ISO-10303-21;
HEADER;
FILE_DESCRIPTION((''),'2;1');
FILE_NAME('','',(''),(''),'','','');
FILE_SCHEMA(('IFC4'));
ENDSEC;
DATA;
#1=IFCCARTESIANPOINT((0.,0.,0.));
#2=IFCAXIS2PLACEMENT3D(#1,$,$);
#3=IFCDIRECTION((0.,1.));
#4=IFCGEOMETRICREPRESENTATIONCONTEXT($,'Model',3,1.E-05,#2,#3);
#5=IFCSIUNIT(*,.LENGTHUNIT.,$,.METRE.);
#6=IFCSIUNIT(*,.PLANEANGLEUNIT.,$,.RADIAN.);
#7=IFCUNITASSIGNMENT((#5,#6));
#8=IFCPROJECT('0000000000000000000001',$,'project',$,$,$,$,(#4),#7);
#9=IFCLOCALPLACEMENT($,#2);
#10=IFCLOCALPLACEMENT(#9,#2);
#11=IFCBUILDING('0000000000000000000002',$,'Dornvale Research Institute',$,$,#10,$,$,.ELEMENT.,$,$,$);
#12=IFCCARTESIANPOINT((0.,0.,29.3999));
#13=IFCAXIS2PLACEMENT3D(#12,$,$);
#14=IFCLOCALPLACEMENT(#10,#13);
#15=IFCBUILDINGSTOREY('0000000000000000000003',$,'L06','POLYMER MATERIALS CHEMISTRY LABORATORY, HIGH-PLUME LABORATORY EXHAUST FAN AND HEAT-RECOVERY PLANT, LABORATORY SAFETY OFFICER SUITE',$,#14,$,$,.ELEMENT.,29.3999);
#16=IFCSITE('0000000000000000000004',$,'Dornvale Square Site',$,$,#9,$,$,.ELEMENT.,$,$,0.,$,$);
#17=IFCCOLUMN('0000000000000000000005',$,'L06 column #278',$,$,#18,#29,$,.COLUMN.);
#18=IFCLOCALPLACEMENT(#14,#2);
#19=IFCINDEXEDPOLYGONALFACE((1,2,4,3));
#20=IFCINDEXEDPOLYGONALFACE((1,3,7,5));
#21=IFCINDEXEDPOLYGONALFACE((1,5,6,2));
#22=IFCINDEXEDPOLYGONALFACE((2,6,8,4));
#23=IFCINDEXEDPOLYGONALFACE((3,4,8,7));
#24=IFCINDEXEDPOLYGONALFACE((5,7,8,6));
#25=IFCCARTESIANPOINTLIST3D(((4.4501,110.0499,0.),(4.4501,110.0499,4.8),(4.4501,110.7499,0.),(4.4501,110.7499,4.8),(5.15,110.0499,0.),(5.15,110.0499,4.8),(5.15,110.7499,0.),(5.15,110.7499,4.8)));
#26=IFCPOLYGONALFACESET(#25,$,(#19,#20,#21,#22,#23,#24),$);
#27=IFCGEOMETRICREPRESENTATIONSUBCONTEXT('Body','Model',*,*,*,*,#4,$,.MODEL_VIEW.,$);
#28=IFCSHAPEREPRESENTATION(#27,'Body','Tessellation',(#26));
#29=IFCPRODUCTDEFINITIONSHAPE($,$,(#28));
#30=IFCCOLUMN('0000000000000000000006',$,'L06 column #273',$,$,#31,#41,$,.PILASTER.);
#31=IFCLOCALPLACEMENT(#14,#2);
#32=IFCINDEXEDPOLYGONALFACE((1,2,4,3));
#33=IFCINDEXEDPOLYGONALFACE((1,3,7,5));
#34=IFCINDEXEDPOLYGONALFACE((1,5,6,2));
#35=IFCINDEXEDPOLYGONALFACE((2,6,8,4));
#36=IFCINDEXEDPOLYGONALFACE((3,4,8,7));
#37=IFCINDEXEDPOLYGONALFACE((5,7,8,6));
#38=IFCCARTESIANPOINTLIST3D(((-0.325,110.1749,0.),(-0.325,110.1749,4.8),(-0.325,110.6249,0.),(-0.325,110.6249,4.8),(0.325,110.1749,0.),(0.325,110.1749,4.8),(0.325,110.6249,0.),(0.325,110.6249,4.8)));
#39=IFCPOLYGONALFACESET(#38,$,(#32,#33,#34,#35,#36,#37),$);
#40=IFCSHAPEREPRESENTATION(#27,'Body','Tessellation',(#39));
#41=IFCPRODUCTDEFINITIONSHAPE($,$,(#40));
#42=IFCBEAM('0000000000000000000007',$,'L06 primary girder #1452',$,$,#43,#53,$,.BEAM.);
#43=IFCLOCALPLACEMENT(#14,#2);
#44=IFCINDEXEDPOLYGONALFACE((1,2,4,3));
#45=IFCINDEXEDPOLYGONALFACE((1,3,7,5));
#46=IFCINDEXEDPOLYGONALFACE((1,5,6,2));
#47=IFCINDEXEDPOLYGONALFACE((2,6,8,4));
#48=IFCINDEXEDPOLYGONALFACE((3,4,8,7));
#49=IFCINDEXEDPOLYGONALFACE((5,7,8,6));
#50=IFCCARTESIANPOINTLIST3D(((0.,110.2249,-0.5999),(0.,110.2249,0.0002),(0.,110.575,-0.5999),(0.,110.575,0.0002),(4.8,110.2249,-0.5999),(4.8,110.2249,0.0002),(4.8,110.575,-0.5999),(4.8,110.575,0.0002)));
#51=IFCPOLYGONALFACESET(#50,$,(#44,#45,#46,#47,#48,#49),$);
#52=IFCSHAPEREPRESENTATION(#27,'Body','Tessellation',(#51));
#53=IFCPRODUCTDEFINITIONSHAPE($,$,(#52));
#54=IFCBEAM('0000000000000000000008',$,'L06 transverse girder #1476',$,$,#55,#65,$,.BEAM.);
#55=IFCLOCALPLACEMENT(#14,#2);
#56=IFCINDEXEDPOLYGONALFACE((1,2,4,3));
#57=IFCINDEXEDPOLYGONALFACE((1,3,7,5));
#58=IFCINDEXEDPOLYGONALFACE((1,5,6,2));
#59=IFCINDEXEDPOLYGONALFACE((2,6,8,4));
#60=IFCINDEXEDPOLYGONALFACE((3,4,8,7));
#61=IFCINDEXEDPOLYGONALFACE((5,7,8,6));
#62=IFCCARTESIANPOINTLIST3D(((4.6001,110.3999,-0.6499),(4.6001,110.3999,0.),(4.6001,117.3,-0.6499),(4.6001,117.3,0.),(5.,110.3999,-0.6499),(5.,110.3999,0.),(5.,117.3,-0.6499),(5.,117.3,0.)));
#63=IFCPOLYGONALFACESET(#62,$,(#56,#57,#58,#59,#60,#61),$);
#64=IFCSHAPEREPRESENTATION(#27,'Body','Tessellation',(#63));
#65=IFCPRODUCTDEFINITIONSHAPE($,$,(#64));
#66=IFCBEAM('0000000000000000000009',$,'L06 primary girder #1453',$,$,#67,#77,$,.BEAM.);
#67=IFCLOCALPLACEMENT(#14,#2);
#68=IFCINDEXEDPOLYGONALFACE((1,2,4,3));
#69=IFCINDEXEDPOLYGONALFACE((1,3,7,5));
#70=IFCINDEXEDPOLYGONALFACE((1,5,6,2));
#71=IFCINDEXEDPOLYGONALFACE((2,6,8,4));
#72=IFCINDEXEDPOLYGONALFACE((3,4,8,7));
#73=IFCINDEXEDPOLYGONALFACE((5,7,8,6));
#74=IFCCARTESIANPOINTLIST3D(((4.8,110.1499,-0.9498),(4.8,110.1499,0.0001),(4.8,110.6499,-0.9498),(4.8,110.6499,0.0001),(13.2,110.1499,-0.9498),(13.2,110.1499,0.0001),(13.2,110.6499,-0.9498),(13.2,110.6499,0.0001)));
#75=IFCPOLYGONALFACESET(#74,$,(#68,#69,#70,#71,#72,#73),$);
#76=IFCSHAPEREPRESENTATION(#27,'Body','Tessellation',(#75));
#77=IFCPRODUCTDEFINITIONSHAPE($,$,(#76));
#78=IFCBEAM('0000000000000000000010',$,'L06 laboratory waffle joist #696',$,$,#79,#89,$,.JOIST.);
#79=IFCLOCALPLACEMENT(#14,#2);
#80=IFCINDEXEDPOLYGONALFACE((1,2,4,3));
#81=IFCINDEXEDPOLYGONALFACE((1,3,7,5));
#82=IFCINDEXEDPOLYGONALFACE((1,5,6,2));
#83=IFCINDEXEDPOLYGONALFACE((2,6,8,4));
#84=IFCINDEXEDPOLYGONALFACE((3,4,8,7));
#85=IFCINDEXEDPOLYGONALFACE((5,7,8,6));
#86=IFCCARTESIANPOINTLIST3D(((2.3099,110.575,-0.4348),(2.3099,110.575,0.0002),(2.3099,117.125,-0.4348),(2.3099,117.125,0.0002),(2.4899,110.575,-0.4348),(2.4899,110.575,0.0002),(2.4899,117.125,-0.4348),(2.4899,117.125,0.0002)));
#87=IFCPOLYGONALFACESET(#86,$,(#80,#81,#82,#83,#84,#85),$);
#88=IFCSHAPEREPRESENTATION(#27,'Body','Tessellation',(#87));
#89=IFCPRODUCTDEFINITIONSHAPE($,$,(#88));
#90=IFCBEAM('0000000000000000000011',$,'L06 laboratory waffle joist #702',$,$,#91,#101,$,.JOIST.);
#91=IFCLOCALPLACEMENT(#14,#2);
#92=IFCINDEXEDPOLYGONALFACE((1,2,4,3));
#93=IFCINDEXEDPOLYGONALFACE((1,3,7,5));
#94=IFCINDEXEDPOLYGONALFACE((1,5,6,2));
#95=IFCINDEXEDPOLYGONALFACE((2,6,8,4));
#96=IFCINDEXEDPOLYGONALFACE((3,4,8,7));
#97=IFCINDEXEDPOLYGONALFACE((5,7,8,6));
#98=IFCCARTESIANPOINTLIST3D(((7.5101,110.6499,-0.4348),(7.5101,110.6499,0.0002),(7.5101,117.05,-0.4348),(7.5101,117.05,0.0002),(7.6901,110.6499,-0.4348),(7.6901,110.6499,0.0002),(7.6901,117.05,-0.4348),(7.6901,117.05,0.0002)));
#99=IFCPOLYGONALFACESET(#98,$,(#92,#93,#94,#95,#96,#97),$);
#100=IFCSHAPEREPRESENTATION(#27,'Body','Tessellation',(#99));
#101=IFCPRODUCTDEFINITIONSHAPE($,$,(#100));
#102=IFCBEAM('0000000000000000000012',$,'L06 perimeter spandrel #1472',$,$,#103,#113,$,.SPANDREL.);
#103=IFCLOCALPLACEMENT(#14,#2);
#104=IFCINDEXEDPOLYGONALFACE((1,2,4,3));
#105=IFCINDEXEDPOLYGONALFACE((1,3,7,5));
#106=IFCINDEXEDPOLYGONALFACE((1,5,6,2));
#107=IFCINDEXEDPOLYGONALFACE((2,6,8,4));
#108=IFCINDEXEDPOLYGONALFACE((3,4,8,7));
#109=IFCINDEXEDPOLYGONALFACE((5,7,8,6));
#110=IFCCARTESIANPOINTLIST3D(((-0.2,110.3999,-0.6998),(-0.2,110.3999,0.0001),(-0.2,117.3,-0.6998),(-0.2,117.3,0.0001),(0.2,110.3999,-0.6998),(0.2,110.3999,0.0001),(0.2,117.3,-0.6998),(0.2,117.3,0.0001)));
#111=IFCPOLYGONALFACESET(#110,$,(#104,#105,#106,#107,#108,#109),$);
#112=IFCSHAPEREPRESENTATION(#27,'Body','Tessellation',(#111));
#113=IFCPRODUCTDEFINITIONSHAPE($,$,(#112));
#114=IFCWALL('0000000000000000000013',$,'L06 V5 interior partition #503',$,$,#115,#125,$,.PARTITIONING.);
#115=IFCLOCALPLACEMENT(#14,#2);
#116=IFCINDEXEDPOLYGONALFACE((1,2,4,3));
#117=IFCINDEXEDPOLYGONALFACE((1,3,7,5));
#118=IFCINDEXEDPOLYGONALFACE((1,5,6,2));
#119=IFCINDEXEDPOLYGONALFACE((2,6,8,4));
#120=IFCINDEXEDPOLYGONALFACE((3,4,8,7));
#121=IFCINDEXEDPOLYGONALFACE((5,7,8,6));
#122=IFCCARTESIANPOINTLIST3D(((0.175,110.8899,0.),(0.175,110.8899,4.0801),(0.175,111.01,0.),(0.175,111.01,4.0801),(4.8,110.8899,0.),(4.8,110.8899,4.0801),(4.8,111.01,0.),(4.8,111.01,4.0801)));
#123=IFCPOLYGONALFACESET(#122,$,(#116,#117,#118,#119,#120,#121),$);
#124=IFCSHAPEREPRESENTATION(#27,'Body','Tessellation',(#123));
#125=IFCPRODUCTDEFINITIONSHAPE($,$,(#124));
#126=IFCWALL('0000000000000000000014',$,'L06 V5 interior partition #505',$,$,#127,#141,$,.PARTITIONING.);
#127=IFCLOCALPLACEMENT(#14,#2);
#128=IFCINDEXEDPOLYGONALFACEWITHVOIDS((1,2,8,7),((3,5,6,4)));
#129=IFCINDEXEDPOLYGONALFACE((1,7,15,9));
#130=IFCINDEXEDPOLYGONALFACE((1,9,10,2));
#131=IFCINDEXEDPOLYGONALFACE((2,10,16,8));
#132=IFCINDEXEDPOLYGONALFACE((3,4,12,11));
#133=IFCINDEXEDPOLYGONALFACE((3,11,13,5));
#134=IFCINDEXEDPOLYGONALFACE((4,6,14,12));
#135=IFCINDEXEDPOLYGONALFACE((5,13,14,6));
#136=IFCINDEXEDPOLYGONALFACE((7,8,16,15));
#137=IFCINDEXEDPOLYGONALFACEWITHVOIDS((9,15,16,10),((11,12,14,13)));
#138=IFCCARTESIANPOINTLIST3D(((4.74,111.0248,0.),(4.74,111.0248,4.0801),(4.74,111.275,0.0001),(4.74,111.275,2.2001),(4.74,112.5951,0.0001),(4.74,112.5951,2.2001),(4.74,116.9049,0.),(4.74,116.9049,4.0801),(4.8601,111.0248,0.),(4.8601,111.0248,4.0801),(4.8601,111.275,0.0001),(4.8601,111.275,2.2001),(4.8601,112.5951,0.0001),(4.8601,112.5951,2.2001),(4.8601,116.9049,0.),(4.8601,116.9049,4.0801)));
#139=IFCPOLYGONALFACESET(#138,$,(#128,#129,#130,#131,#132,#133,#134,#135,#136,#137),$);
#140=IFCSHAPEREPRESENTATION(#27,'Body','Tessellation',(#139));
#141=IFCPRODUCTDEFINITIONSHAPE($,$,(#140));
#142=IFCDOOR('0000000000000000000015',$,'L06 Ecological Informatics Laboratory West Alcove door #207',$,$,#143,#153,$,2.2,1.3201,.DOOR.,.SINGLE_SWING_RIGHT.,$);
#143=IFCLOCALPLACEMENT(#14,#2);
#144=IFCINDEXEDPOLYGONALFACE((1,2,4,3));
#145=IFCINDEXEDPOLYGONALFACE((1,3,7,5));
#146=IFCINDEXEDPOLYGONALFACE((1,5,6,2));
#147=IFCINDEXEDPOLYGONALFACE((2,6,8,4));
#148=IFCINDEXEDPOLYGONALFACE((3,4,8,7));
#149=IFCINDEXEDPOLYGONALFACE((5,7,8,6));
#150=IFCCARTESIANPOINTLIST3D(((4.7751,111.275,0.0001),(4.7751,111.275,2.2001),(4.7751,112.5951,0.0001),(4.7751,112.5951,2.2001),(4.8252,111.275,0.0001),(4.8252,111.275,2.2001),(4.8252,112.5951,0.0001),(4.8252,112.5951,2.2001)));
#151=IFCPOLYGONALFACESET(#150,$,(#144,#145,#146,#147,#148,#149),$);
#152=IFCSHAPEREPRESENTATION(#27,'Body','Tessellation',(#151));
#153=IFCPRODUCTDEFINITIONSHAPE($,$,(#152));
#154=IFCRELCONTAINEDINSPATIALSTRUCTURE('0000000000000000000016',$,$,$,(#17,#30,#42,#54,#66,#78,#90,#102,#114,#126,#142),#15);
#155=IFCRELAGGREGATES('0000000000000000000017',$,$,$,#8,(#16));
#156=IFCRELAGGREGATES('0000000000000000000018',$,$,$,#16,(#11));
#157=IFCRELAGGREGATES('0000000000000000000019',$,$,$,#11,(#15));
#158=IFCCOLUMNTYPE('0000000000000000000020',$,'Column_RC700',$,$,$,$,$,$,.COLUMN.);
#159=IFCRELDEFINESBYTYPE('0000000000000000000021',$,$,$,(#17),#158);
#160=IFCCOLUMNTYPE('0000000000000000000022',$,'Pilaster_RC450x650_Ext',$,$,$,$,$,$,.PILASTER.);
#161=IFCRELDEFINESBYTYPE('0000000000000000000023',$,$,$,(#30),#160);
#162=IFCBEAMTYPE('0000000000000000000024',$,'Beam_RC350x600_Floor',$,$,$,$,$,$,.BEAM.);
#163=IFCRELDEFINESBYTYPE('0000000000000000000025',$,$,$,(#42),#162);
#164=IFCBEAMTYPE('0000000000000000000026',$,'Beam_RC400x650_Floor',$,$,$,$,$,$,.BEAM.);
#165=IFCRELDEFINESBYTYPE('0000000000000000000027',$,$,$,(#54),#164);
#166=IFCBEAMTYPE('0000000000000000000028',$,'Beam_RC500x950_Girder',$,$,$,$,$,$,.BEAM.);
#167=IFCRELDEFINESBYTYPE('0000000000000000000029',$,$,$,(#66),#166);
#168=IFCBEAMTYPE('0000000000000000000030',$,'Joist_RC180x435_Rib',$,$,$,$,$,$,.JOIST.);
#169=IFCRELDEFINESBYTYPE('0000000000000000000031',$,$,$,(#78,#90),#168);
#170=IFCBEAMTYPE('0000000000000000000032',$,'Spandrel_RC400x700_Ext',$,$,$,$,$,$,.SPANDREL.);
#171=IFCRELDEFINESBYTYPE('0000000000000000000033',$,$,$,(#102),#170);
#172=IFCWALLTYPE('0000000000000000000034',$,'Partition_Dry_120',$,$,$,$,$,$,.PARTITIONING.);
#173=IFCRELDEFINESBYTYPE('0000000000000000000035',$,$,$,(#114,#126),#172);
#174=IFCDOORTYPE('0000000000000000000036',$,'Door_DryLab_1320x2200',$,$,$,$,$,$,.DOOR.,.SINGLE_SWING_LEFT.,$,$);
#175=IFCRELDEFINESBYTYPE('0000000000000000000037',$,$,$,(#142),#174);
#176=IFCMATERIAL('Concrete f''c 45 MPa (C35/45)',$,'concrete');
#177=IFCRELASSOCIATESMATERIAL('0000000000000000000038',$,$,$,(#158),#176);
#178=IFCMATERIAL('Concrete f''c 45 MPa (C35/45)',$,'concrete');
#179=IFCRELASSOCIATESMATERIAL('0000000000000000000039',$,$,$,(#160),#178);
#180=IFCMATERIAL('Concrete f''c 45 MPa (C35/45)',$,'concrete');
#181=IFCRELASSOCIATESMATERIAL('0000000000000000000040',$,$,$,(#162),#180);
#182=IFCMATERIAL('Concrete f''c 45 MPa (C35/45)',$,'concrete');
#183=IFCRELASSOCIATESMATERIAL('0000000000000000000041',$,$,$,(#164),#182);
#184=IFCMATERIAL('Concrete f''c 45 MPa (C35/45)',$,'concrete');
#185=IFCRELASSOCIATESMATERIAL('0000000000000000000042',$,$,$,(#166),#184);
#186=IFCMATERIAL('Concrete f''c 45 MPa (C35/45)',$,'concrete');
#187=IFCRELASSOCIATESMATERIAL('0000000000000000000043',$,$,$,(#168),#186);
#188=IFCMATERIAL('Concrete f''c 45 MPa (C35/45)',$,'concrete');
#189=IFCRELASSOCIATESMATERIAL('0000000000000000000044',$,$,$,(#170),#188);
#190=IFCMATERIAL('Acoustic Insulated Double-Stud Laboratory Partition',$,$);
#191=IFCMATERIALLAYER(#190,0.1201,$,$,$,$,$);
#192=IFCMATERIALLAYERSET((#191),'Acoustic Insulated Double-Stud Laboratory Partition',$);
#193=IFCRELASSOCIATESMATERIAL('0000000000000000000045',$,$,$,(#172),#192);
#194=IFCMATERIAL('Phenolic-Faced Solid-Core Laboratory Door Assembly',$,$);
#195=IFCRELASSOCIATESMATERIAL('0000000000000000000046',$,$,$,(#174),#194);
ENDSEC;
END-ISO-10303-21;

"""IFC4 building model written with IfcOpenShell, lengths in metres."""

from ifc_helpers import new_model, si_unit, direction, frame, frame_2d, origin, origin_2d, place, context, subcontext, project, spatial, rectangle, extrude, material, layer, layer_set, material_profile, profile_set, type_object, element, fill, save


model = new_model("IFC4")

# Units and contexts
model_context = context("Model", 3, precision=1e-05, world=origin(), true_north=direction((0.0, 1.0)))
body_context = subcontext(model_context, "Body", "Model", "MODEL_VIEW")
ifc_project = project(units=[si_unit("LENGTHUNIT", "METRE"), si_unit("PLANEANGLEUNIT", "RADIAN")], contexts=[model_context])

# Site, building, storey
site_placement = place(None, origin())
site = spatial("IfcSite", under=ifc_project, at=site_placement, Name="Dornvale Square Site", CompositionType="ELEMENT", RefElevation=0.0)
building_placement = place(site_placement, origin())
building = spatial("IfcBuilding", under=site, at=building_placement, Name="Dornvale Research Institute", CompositionType="ELEMENT")
storey_placement = place(building_placement, frame((0.0, 0.0, 29.3999)))
storey = spatial("IfcBuildingStorey", under=building, at=storey_placement, Name="L06", Description="POLYMER MATERIALS CHEMISTRY LABORATORY, HIGH-PLUME LABORATORY EXHAUST FAN AND HEAT-RECOVERY PLANT, LABORATORY SAFETY OFFICER SUITE", CompositionType="ELEMENT", Elevation=29.3999)

# Columns
ifc_material_1 = material(Name="Concrete f'c 45 MPa (C35/45)", Category="concrete")
ifc_material_profile_1 = material_profile(ifc_material_1, rectangle(XDim=0.7, YDim=0.7, at=origin_2d()), Name="RC 700x700")
ifc_profile_set_1 = profile_set([ifc_material_profile_1], Name="Concrete f'c 45 MPa (C35/45)")
column_type_1 = type_object("IfcColumnType", Name="Column_RC700", PredefinedType="COLUMN", material=ifc_profile_set_1)
column_1_placement = place(storey_placement, frame((4.8, 110.3999, 0.0), z_axis=(0.0, 0.0, 1.0), x_axis=(1.0, 0.0, 0.0)))
element("IfcColumn", 1, at=column_1_placement, inside=storey, type_object=column_type_1, Name="L06 column #278", PredefinedType="COLUMN", context=body_context, shape_type="SweptSolid", body=[
    extrude(rectangle(XDim=0.7, YDim=0.7, at=origin_2d()), origin(), (0.0, 0.0, 1.0), 4.8),
])
ifc_material_2 = material(Name="Concrete f'c 45 MPa (C35/45)", Category="concrete")
ifc_material_profile_2 = material_profile(ifc_material_2, rectangle(XDim=0.45, YDim=0.6499, at=origin_2d()), Name="RC 450x650")
ifc_profile_set_2 = profile_set([ifc_material_profile_2], Name="Concrete f'c 45 MPa (C35/45)")
column_type_2 = type_object("IfcColumnType", Name="Pilaster_RC450x650_Ext", PredefinedType="PILASTER", material=ifc_profile_set_2)
column_2_placement = place(storey_placement, frame((0.0, 110.3999, 0.0), z_axis=(0.0, 0.0, 1.0), x_axis=(0.0, 1.0, 0.0)))
element("IfcColumn", 2, at=column_2_placement, inside=storey, type_object=column_type_2, Name="L06 column #273", PredefinedType="PILASTER", context=body_context, shape_type="SweptSolid", body=[
    extrude(rectangle(XDim=0.45, YDim=0.6499, at=origin_2d()), origin(), (0.0, 0.0, 1.0), 4.8),
])

# Beams
ifc_material_3 = material(Name="Concrete f'c 45 MPa (C35/45)", Category="concrete")
ifc_material_profile_3 = material_profile(ifc_material_3, rectangle(XDim=0.3501, YDim=0.6001, at=origin_2d()), Name="RC 350x600")
ifc_profile_set_3 = profile_set([ifc_material_profile_3], Name="Concrete f'c 45 MPa (C35/45)")
beam_type_1 = type_object("IfcBeamType", Name="Beam_RC350x600_Floor", PredefinedType="BEAM", material=ifc_profile_set_3)
beam_1_placement = place(storey_placement, frame((0.0, 110.3999, -0.2998), z_axis=(1.0, 0.0, 0.0), x_axis=(0.0, 1.0, 0.0)))
element("IfcBeam", 3, at=beam_1_placement, inside=storey, type_object=beam_type_1, Name="L06 primary girder #1452", PredefinedType="BEAM", context=body_context, shape_type="SweptSolid", body=[
    extrude(rectangle(XDim=0.3501, YDim=0.6001, at=origin_2d()), origin(), (0.0, 0.0, 1.0), 4.8),
])
ifc_material_4 = material(Name="Concrete f'c 45 MPa (C35/45)", Category="concrete")
ifc_material_profile_4 = material_profile(ifc_material_4, rectangle(XDim=0.3999, YDim=0.6499, at=origin_2d()), Name="RC 400x650")
ifc_profile_set_4 = profile_set([ifc_material_profile_4], Name="Concrete f'c 45 MPa (C35/45)")
beam_type_2 = type_object("IfcBeamType", Name="Beam_RC400x650_Floor", PredefinedType="BEAM", material=ifc_profile_set_4)
beam_2_placement = place(storey_placement, frame((4.8, 110.3999, -0.325), z_axis=(0.0, 1.0, 0.0), x_axis=(-1.0, 0.0, 0.0)))
element("IfcBeam", 4, at=beam_2_placement, inside=storey, type_object=beam_type_2, Name="L06 transverse girder #1476", PredefinedType="BEAM", context=body_context, shape_type="SweptSolid", body=[
    extrude(rectangle(XDim=0.3999, YDim=0.6499, at=origin_2d()), origin(), (0.0, 0.0, 1.0), 6.9001),
])
ifc_material_5 = material(Name="Concrete f'c 45 MPa (C35/45)", Category="concrete")
ifc_material_profile_5 = material_profile(ifc_material_5, rectangle(XDim=0.5, YDim=0.95, at=origin_2d()), Name="RC 500x950")
ifc_profile_set_5 = profile_set([ifc_material_profile_5], Name="Concrete f'c 45 MPa (C35/45)")
beam_type_3 = type_object("IfcBeamType", Name="Beam_RC500x950_Girder", PredefinedType="BEAM", material=ifc_profile_set_5)
beam_3_placement = place(storey_placement, frame((4.8, 110.3999, -0.4749), z_axis=(1.0, 0.0, 0.0), x_axis=(0.0, 1.0, 0.0)))
element("IfcBeam", 5, at=beam_3_placement, inside=storey, type_object=beam_type_3, Name="L06 primary girder #1453", PredefinedType="BEAM", context=body_context, shape_type="SweptSolid", body=[
    extrude(rectangle(XDim=0.5, YDim=0.95, at=origin_2d()), origin(), (0.0, 0.0, 1.0), 8.3999),
])
ifc_material_6 = material(Name="Concrete f'c 45 MPa (C35/45)", Category="concrete")
ifc_material_profile_6 = material_profile(ifc_material_6, rectangle(XDim=0.1799, YDim=0.4351, at=origin_2d()), Name="RC 180x435")
ifc_profile_set_6 = profile_set([ifc_material_profile_6], Name="Concrete f'c 45 MPa (C35/45)")
beam_type_4 = type_object("IfcBeamType", Name="Joist_RC180x435_Rib", PredefinedType="JOIST", material=ifc_profile_set_6)
beam_4_placement = place(storey_placement, frame((2.3999, 110.575, -0.2173), z_axis=(0.0, 1.0, 0.0), x_axis=(-1.0, 0.0, 0.0)))
element("IfcBeam", 6, at=beam_4_placement, inside=storey, type_object=beam_type_4, Name="L06 laboratory waffle joist #696", PredefinedType="JOIST", context=body_context, shape_type="SweptSolid", body=[
    extrude(rectangle(XDim=0.1799, YDim=0.4351, at=origin_2d()), origin(), (0.0, 0.0, 1.0), 6.55),
])
beam_5_placement = place(storey_placement, frame((7.6001, 110.6499, -0.2173), z_axis=(0.0, 1.0, 0.0), x_axis=(-1.0, 0.0, 0.0)))
element("IfcBeam", 7, at=beam_5_placement, inside=storey, type_object=beam_type_4, Name="L06 laboratory waffle joist #702", PredefinedType="JOIST", context=body_context, shape_type="SweptSolid", body=[
    extrude(rectangle(XDim=0.1799, YDim=0.4351, at=origin_2d()), origin(), (0.0, 0.0, 1.0), 6.4001),
])
ifc_material_7 = material(Name="Concrete f'c 45 MPa (C35/45)", Category="concrete")
ifc_material_profile_7 = material_profile(ifc_material_7, rectangle(XDim=0.3999, YDim=0.7, at=origin_2d()), Name="RC 400x700")
ifc_profile_set_7 = profile_set([ifc_material_profile_7], Name="Concrete f'c 45 MPa (C35/45)")
beam_type_5 = type_object("IfcBeamType", Name="Spandrel_RC400x700_Ext", PredefinedType="SPANDREL", material=ifc_profile_set_7)
beam_6_placement = place(storey_placement, frame((0.0, 110.3999, -0.3499), z_axis=(0.0, 1.0, 0.0), x_axis=(-1.0, 0.0, 0.0)))
element("IfcBeam", 8, at=beam_6_placement, inside=storey, type_object=beam_type_5, Name="L06 perimeter spandrel #1472", PredefinedType="SPANDREL", context=body_context, shape_type="SweptSolid", body=[
    extrude(rectangle(XDim=0.3999, YDim=0.7, at=origin_2d()), origin(), (0.0, 0.0, 1.0), 6.9001),
])

# Wall
ifc_material_8 = material(Name="Acoustic Insulated Double-Stud Laboratory Partition")
ifc_layer_1 = layer(ifc_material_8, 0.1201)
ifc_layer_set_1 = layer_set([ifc_layer_1], Name="Acoustic Insulated Double-Stud Laboratory Partition")
wall_type_1 = type_object("IfcWallType", Name="Partition_Dry_120", PredefinedType="PARTITIONING", material=ifc_layer_set_1)
wall_1_placement = place(storey_placement, frame((0.175, 110.95, 0.0), z_axis=(0.0, 0.0, 1.0), x_axis=(1.0, 0.0, 0.0)))
element("IfcWall", 9, at=wall_1_placement, inside=storey, type_object=wall_type_1, Name="L06 V5 interior partition #503", PredefinedType="PARTITIONING", context=body_context, shape_type="SweptSolid", body=[
    extrude(rectangle(XDim=4.625, YDim=0.1201, at=frame_2d((2.3125, 0.0))), origin(), (0.0, 0.0, 1.0), 4.0801),
])

# Wall, opening, door
wall_2_placement = place(storey_placement, frame((4.8, 111.0249, 0.0), z_axis=(0.0, 0.0, 1.0), x_axis=(0.0, 1.0, 0.0)))
wall_2 = element("IfcWall", 10, at=wall_2_placement, inside=storey, type_object=wall_type_1, Name="L06 V5 interior partition #505", PredefinedType="PARTITIONING", context=body_context, shape_type="SweptSolid", body=[
    extrude(rectangle(XDim=5.8801, YDim=0.1201, at=frame_2d((2.9399, 0.0))), origin(), (0.0, 0.0, 1.0), 4.0801),
])
opening_1_placement = place(wall_2_placement, frame((0.25, 0.0, 0.0)))
opening_1 = element("IfcOpeningElement", 11, at=opening_1_placement, cuts=wall_2, PredefinedType="OPENING", context=body_context, shape_type="SweptSolid", body=[
    extrude(rectangle(XDim=1.3201, YDim=2.2, at=frame_2d((0.6602, 1.1001))), frame((0.0, 0.075, 0.0), z_axis=(0.0, -1.0, 0.0), x_axis=(1.0, 0.0, 0.0)), (0.0, 0.0, 1.0), 0.1501),
])
ifc_material_9 = material(Name="Phenolic-Faced Solid-Core Laboratory Door Assembly")
door_type_1 = type_object("IfcDoorType", Name="Door_DryLab_1320x2200", OperationType="SINGLE_SWING_LEFT", PredefinedType="DOOR", material=ifc_material_9)
door_1_placement = place(opening_1_placement, origin())
door_1 = element("IfcDoor", 12, at=door_1_placement, inside=storey, type_object=door_type_1, Name="L06 Ecological Informatics Laboratory West Alcove door #207", OperationType="SINGLE_SWING_RIGHT", OverallHeight=2.2, OverallWidth=1.3201, PredefinedType="DOOR", context=body_context, shape_type="SweptSolid", body=[
    extrude(rectangle(XDim=1.3201, YDim=2.2, at=frame_2d((0.6602, 1.1001))), frame((0.0, 0.0249, 0.0), z_axis=(0.0, -1.0, 0.0), x_axis=(1.0, 0.0, 0.0)), (0.0, 0.0, 1.0), 0.05),
])
fill(opening_1, door_1)

save(model, "model.ifc")
